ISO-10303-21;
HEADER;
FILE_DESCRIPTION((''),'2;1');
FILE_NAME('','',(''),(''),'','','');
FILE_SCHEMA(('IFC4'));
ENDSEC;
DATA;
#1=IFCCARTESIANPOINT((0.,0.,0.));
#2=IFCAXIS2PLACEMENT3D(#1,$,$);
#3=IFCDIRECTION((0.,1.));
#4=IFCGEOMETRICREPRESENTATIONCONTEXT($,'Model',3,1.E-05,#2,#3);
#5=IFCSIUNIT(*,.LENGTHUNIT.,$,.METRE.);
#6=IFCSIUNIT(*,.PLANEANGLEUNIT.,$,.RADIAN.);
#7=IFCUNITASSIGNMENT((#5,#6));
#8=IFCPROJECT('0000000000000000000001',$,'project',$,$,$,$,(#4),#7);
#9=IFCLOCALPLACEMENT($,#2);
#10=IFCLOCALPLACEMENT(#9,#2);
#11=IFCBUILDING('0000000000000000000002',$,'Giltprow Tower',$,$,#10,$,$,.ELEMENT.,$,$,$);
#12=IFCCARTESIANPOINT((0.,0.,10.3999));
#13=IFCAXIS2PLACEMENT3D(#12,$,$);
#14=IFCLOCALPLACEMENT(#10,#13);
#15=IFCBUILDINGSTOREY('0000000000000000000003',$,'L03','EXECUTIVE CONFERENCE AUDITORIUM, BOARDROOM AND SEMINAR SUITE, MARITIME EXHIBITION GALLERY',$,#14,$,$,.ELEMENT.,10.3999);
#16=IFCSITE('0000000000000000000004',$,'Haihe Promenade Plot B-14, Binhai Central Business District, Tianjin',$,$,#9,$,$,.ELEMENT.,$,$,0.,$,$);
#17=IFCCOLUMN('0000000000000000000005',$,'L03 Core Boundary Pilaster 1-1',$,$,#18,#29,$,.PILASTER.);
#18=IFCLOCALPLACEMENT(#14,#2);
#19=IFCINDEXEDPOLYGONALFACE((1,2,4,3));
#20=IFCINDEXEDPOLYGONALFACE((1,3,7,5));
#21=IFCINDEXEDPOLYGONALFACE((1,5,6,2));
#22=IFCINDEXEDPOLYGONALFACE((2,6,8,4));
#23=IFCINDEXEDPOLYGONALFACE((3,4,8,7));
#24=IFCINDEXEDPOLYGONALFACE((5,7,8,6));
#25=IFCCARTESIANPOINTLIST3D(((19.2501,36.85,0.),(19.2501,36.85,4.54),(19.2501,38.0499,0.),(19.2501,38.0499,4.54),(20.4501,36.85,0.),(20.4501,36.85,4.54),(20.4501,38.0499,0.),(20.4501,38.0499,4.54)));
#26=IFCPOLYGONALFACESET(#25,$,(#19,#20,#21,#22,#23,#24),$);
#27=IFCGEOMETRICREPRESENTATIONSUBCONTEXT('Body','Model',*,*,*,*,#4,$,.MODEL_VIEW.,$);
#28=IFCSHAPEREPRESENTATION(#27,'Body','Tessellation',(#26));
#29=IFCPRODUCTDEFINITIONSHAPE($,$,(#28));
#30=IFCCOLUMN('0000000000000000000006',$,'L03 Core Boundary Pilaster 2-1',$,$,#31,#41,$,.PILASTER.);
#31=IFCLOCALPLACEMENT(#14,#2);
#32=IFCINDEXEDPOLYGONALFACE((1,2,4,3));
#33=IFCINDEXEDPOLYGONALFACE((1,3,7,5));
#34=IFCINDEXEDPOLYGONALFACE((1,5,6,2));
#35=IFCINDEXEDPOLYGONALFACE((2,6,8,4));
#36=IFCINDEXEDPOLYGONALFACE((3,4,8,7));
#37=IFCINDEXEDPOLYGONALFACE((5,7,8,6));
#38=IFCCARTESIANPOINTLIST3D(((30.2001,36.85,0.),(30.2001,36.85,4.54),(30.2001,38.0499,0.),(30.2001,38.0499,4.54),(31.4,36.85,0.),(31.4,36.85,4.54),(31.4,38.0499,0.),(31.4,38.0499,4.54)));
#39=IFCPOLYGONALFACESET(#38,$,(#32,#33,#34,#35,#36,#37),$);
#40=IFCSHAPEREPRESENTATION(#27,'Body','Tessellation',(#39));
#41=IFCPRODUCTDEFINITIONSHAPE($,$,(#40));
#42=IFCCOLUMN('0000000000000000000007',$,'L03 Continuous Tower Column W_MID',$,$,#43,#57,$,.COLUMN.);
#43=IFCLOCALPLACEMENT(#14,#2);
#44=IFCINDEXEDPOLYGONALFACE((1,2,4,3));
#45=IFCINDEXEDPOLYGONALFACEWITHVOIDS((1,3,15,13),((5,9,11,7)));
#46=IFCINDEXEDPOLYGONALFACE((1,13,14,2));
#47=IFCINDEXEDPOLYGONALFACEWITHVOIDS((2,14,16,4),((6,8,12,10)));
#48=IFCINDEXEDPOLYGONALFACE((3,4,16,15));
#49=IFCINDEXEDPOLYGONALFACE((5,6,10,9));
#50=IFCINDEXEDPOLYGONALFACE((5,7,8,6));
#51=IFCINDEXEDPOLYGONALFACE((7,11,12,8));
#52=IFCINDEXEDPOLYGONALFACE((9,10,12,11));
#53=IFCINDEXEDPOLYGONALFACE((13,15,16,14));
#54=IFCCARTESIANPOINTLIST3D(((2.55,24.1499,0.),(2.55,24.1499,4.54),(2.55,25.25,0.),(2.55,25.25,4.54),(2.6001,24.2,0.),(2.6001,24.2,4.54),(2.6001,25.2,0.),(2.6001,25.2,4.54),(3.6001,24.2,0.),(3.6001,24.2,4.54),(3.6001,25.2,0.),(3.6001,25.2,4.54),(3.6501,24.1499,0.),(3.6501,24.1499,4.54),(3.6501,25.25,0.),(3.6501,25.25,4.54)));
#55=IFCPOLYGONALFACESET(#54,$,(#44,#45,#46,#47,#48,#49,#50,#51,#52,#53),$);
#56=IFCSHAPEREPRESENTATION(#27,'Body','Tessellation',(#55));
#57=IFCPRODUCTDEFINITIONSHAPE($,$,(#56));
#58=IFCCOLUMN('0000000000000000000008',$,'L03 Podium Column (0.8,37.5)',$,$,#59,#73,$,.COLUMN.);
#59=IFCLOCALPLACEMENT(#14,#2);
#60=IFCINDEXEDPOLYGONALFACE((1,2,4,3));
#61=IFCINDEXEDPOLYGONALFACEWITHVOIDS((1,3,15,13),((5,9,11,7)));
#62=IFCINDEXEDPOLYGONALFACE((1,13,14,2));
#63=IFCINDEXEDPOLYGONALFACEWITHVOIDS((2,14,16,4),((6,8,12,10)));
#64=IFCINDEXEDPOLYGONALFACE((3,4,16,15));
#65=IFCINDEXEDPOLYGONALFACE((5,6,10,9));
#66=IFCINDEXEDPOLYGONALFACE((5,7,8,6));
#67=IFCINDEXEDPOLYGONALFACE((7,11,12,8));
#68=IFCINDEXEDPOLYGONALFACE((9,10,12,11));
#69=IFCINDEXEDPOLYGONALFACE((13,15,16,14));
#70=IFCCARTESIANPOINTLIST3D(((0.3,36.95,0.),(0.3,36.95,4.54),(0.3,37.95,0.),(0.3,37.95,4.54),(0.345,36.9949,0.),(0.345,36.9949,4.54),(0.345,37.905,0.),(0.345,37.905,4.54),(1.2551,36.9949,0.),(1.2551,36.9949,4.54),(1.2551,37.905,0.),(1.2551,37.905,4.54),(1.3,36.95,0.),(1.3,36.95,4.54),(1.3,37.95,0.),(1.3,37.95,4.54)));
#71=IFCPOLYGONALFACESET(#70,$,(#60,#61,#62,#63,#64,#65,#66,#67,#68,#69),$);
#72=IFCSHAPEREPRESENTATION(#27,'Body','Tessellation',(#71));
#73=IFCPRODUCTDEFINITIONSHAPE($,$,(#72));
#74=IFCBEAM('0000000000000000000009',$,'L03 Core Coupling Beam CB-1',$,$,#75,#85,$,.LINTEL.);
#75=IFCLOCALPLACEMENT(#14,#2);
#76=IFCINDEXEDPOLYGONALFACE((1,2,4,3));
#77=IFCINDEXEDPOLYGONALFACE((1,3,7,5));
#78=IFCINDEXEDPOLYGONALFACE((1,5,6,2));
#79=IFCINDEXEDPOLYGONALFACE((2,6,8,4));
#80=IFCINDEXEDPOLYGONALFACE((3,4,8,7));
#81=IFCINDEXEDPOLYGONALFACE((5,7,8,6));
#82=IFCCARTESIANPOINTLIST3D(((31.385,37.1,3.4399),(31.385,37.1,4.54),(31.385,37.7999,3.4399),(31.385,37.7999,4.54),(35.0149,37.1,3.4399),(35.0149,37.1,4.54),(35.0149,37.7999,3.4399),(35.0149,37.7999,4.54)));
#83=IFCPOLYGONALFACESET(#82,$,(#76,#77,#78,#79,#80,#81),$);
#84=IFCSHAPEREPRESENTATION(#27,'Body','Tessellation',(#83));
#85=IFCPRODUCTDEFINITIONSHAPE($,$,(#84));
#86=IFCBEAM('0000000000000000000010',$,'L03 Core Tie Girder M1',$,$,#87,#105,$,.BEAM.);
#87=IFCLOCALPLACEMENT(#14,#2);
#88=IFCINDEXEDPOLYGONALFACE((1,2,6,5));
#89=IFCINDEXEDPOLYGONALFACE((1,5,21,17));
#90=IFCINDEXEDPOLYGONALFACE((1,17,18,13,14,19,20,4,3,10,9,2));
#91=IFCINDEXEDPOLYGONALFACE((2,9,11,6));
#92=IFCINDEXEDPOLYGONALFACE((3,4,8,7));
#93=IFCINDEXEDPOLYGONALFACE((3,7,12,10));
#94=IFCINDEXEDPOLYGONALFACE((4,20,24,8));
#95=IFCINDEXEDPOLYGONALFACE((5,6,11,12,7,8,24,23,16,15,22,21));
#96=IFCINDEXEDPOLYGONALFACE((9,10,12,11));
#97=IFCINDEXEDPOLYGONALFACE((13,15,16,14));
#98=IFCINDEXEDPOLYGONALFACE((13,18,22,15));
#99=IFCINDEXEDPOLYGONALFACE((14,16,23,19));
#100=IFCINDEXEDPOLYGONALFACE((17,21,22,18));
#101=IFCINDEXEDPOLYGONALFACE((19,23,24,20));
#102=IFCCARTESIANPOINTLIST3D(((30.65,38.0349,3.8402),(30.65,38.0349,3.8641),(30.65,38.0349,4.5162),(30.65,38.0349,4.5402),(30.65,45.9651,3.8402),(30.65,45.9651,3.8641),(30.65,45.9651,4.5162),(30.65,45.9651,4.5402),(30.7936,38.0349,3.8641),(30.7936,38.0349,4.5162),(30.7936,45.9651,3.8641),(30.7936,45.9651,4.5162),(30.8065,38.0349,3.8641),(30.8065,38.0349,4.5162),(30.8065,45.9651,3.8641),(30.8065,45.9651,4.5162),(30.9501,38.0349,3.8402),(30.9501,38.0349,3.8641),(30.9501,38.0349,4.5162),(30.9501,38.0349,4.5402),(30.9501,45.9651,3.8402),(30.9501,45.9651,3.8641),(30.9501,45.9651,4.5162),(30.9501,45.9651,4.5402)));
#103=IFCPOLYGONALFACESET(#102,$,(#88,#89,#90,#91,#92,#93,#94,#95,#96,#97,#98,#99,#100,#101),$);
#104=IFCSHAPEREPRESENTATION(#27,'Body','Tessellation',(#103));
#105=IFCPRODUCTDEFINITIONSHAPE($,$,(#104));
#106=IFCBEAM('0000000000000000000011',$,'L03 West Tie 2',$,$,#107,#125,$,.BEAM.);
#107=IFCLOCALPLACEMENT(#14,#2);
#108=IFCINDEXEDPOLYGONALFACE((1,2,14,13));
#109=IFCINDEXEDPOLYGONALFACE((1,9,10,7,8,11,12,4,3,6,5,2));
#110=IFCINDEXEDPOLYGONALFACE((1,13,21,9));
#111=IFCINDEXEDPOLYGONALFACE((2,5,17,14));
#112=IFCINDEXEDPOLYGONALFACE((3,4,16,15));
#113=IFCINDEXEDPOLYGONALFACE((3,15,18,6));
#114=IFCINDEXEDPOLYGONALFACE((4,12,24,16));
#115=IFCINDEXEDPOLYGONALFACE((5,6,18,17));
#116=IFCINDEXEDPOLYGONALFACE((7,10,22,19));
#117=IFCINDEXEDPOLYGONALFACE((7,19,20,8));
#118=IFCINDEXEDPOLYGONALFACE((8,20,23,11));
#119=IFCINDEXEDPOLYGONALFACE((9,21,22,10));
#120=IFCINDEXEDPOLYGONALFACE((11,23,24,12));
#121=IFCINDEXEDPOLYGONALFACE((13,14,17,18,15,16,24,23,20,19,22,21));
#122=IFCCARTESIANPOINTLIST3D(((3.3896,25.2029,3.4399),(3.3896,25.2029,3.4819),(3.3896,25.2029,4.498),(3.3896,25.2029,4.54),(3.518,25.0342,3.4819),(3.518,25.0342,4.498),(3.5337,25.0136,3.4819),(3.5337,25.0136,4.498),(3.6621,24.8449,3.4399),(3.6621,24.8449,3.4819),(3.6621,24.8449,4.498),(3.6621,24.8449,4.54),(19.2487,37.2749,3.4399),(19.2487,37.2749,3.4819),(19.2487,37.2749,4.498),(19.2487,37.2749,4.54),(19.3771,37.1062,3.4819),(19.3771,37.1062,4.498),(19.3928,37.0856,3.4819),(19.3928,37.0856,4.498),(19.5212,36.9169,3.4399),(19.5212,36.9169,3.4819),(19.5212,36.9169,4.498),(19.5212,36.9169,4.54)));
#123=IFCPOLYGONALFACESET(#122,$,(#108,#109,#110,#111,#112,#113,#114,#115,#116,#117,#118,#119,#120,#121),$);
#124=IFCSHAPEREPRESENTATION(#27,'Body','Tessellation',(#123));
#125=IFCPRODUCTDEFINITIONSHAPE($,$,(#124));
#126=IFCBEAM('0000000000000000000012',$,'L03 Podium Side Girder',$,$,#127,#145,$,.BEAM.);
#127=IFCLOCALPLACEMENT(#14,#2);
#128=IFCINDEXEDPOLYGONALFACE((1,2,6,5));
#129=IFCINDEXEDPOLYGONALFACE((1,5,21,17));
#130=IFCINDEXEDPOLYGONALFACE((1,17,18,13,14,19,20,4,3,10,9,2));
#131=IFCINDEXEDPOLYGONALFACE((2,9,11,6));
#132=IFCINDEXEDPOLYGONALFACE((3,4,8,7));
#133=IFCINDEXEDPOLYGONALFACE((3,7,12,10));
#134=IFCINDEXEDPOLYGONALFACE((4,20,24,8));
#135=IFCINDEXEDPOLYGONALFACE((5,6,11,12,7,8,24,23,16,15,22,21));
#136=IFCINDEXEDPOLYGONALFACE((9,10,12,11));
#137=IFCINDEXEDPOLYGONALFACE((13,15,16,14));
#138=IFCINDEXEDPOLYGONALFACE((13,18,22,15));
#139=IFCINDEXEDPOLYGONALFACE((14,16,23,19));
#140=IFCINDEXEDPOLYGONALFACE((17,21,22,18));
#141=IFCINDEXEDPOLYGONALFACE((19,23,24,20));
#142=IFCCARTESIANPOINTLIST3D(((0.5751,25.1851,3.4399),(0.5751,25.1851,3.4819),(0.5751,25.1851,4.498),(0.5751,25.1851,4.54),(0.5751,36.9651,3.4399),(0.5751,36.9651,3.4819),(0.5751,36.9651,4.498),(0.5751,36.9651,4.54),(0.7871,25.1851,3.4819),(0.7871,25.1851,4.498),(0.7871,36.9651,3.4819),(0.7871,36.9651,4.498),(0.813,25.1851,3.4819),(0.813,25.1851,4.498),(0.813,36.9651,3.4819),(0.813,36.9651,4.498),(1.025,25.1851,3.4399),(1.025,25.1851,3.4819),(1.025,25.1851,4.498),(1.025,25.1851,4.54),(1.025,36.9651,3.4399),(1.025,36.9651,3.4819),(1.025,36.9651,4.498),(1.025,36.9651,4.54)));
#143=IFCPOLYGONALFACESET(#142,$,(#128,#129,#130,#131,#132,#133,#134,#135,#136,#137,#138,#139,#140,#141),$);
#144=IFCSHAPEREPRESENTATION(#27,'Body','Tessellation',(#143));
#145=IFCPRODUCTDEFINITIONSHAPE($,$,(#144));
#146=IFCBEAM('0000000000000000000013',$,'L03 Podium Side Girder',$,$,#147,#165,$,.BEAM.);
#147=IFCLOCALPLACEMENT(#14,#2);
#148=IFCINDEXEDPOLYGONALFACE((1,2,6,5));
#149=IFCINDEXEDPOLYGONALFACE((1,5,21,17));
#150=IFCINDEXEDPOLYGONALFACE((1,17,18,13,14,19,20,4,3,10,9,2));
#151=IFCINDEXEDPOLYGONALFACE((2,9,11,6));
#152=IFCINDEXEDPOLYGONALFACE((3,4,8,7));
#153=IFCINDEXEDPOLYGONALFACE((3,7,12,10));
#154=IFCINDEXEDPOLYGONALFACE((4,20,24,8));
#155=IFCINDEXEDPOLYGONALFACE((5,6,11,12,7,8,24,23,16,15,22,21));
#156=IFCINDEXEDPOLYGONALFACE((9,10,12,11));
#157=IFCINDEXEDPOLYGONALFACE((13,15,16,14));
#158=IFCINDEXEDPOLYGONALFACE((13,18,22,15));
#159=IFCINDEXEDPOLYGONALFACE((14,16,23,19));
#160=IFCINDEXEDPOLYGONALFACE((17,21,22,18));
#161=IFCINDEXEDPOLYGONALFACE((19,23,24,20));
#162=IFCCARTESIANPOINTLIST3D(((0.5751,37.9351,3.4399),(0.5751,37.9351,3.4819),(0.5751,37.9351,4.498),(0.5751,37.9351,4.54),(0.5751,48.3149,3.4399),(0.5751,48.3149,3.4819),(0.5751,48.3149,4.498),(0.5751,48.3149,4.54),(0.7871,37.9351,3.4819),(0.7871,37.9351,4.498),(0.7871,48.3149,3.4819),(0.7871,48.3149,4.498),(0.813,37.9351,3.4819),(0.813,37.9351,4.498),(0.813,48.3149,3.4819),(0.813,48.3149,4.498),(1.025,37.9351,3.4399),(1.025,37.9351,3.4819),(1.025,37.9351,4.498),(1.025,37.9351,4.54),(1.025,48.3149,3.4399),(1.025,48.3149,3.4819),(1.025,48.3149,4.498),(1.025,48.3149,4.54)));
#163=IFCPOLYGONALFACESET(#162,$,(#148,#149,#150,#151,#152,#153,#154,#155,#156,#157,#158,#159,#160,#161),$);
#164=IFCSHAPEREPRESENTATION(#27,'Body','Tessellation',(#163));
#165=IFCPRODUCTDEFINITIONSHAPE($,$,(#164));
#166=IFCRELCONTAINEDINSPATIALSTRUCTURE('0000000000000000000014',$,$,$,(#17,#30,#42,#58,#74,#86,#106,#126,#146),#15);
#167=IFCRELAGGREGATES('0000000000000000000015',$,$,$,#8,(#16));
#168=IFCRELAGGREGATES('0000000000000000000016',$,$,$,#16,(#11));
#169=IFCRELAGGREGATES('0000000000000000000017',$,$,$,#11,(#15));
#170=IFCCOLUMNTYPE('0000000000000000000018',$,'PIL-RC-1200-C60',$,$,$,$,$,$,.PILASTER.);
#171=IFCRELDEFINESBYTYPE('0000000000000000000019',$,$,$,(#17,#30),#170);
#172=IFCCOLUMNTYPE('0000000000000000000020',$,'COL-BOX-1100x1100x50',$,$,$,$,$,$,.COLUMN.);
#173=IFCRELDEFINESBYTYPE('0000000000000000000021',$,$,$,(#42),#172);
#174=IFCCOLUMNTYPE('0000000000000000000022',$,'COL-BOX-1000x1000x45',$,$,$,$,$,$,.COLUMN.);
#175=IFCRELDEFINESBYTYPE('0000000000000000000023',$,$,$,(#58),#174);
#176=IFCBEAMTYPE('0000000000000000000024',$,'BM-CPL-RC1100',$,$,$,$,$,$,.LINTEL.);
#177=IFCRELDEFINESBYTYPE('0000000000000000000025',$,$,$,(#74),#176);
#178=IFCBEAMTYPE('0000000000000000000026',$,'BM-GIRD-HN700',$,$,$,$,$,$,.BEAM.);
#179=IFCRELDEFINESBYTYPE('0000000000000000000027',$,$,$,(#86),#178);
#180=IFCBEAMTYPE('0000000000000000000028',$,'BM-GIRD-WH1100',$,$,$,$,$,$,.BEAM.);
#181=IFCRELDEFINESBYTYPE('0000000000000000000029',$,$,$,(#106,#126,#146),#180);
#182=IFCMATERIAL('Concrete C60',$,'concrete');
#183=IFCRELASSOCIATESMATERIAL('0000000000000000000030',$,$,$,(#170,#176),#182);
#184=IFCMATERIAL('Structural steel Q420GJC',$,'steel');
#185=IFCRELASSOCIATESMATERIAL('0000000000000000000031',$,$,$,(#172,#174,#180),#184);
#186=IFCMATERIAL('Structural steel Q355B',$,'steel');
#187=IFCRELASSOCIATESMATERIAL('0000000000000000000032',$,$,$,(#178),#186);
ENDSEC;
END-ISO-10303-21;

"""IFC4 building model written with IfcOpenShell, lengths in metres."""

from ifc_helpers import new_model, si_unit, direction, frame, origin, origin_2d, place, context, subcontext, project, spatial, rectangle, hollow_rectangle, i_section, extrude, source, transform, mapped, material, material_profile, profile_set, type_object, element, save


model = new_model("IFC4")

# Units and contexts
model_context = context("Model", 3, precision=1e-05, world=origin(), true_north=direction((0.0, 1.0)))
body_context = subcontext(model_context, "Body", "Model", "MODEL_VIEW")
ifc_project = project(units=[si_unit("LENGTHUNIT", "METRE"), si_unit("PLANEANGLEUNIT", "RADIAN")], contexts=[model_context])

# Site, building, storey
site_placement = place(None, origin())
site = spatial("IfcSite", under=ifc_project, at=site_placement, Name="Haihe Promenade Plot B-14, Binhai Central Business District, Tianjin", CompositionType="ELEMENT", RefElevation=0.0)
building_placement = place(site_placement, origin())
building = spatial("IfcBuilding", under=site, at=building_placement, Name="Giltprow Tower", CompositionType="ELEMENT")
storey_placement = place(building_placement, frame((0.0, 0.0, 10.3999)))
storey = spatial("IfcBuildingStorey", under=building, at=storey_placement, Name="L03", Description="EXECUTIVE CONFERENCE AUDITORIUM, BOARDROOM AND SEMINAR SUITE, MARITIME EXHIBITION GALLERY", CompositionType="ELEMENT", Elevation=10.3999)

# Columns
ifc_material_1 = material(Name="Concrete C60", Category="concrete")
ifc_material_profile_1 = material_profile(ifc_material_1, rectangle(XDim=1.2, YDim=1.2, at=origin_2d()), Name="RC 1200x1200")
ifc_profile_set_1 = profile_set([ifc_material_profile_1], Name="Concrete C60")
column_type_1 = type_object("IfcColumnType", Name="PIL-RC-1200-C60", PredefinedType="PILASTER", material=ifc_profile_set_1)
shared_shape_1 = source(origin(), body_context, "Body", "SweptSolid", [
    extrude(rectangle(XDim=1.2, YDim=1.2, at=origin_2d()), origin(), (0.0, 0.0, 1.0), 4.54),
])
for number, where, z_axis, x_axis, name in (
    (1, (19.8501, 37.45, 0.0), (0.0, 0.0, 1.0), (1.0, 0.0, 0.0), "L03 Core Boundary Pilaster 1-1"),
    (2, (30.8, 37.45, 0.0), (0.0, 0.0, 1.0), (1.0, 0.0, 0.0), "L03 Core Boundary Pilaster 2-1"),
):
    element("IfcColumn", number, at=place(storey_placement, frame(where, z_axis=z_axis, x_axis=x_axis)), inside=storey, type_object=column_type_1, Name=name, PredefinedType="PILASTER", context=body_context, shape_type="MappedRepresentation", body=[
        mapped(shared_shape_1, transform((0.0, 0.0, 0.0), x_axis=(1.0, 0.0, 0.0), y_axis=(0.0, 1.0, 0.0), z_axis=(0.0, 0.0, 1.0), scale=1.0)),
    ])
ifc_material_2 = material(Name="Structural steel Q420GJC", Category="steel")
ifc_material_profile_2 = material_profile(ifc_material_2, hollow_rectangle(XDim=1.1001, YDim=1.1001, WallThickness=0.05, at=origin_2d()), Name="BOX 1100x1100x50")
ifc_profile_set_2 = profile_set([ifc_material_profile_2], Name="Structural steel Q420GJC")
column_type_2 = type_object("IfcColumnType", Name="COL-BOX-1100x1100x50", PredefinedType="COLUMN", material=ifc_profile_set_2)
shared_shape_2 = source(origin(), body_context, "Body", "SweptSolid", [
    extrude(hollow_rectangle(XDim=1.1001, YDim=1.1001, WallThickness=0.05, at=origin_2d()), origin(), (0.0, 0.0, 1.0), 4.54),
])
column_1_placement = place(storey_placement, frame((3.1001, 24.7, 0.0), z_axis=(0.0, 0.0, 1.0), x_axis=(1.0, 0.0, 0.0)))
element("IfcColumn", 3, at=column_1_placement, inside=storey, type_object=column_type_2, Name="L03 Continuous Tower Column W_MID", PredefinedType="COLUMN", context=body_context, shape_type="MappedRepresentation", body=[
    mapped(shared_shape_2, transform((0.0, 0.0, 0.0), x_axis=(1.0, 0.0, 0.0), y_axis=(0.0, 1.0, 0.0), z_axis=(0.0, 0.0, 1.0), scale=1.0)),
])
ifc_material_profile_3 = material_profile(ifc_material_2, hollow_rectangle(XDim=1.0, YDim=1.0, WallThickness=0.0449, at=origin_2d()), Name="BOX 1000x1000x45")
ifc_profile_set_3 = profile_set([ifc_material_profile_3], Name="Structural steel Q420GJC")
column_type_3 = type_object("IfcColumnType", Name="COL-BOX-1000x1000x45", PredefinedType="COLUMN", material=ifc_profile_set_3)
shared_shape_3 = source(origin(), body_context, "Body", "SweptSolid", [
    extrude(hollow_rectangle(XDim=1.0, YDim=1.0, WallThickness=0.0449, at=origin_2d()), origin(), (0.0, 0.0, 1.0), 4.54),
])
column_2_placement = place(storey_placement, frame((0.8, 37.45, 0.0), z_axis=(0.0, 0.0, 1.0), x_axis=(1.0, 0.0, 0.0)))
element("IfcColumn", 4, at=column_2_placement, inside=storey, type_object=column_type_3, Name="L03 Podium Column (0.8,37.5)", PredefinedType="COLUMN", context=body_context, shape_type="MappedRepresentation", body=[
    mapped(shared_shape_3, transform((0.0, 0.0, 0.0), x_axis=(1.0, 0.0, 0.0), y_axis=(0.0, 1.0, 0.0), z_axis=(0.0, 0.0, 1.0), scale=1.0)),
])

# Beams
ifc_material_profile_4 = material_profile(ifc_material_1, rectangle(XDim=0.7, YDim=1.1001, at=origin_2d()), Name="RC 1100x700")
ifc_profile_set_4 = profile_set([ifc_material_profile_4], Name="Concrete C60")
beam_type_1 = type_object("IfcBeamType", Name="BM-CPL-RC1100", PredefinedType="LINTEL", material=ifc_profile_set_4)
shared_shape_4 = source(origin(), body_context, "Body", "SweptSolid", [
    extrude(rectangle(XDim=0.7, YDim=1.1001, at=origin_2d()), origin(), (0.0, 0.0, 1.0), 3.6299),
])
beam_1_placement = place(storey_placement, frame((31.385, 37.45, 3.99), z_axis=(1.0, 0.0, 0.0), x_axis=(0.0, 1.0, 0.0)))
element("IfcBeam", 5, at=beam_1_placement, inside=storey, type_object=beam_type_1, Name="L03 Core Coupling Beam CB-1", PredefinedType="LINTEL", context=body_context, shape_type="MappedRepresentation", body=[
    mapped(shared_shape_4, transform((0.0, 0.0, 0.0), x_axis=(1.0, 0.0, 0.0), y_axis=(0.0, 1.0, 0.0), z_axis=(0.0, 0.0, 1.0), scale=1.0)),
])
ifc_material_3 = material(Name="Structural steel Q355B", Category="steel")
ifc_material_profile_5 = material_profile(ifc_material_3, i_section(OverallWidth=0.3, OverallDepth=0.7, WebThickness=0.0129, FlangeThickness=0.0239, at=origin_2d()), Name="HN 700x300x13x24")
ifc_profile_set_5 = profile_set([ifc_material_profile_5], Name="Structural steel Q355B")
beam_type_2 = type_object("IfcBeamType", Name="BM-GIRD-HN700", PredefinedType="BEAM", material=ifc_profile_set_5)
shared_shape_5 = source(origin(), body_context, "Body", "SweptSolid", [
    extrude(i_section(OverallWidth=0.3, OverallDepth=0.7, WebThickness=0.0129, FlangeThickness=0.0239, at=origin_2d()), origin(), (0.0, 0.0, 1.0), 7.9302),
])
beam_2_placement = place(storey_placement, frame((30.8, 38.0349, 4.1902), z_axis=(0.0, 1.0, 0.0), x_axis=(-1.0, 0.0, 0.0)))
element("IfcBeam", 6, at=beam_2_placement, inside=storey, type_object=beam_type_2, Name="L03 Core Tie Girder M1", PredefinedType="BEAM", context=body_context, shape_type="MappedRepresentation", body=[
    mapped(shared_shape_5, transform((0.0, 0.0, 0.0), x_axis=(1.0, 0.0, 0.0), y_axis=(0.0, 1.0, 0.0), z_axis=(0.0, 0.0, 1.0), scale=1.0)),
])
ifc_material_profile_6 = material_profile(ifc_material_2, i_section(OverallWidth=0.45, OverallDepth=1.1001, WebThickness=0.0259, FlangeThickness=0.042, at=origin_2d()), Name="WH 1100x450x26x42")
ifc_profile_set_6 = profile_set([ifc_material_profile_6], Name="Structural steel Q420GJC")
beam_type_3 = type_object("IfcBeamType", Name="BM-GIRD-WH1100", PredefinedType="BEAM", material=ifc_profile_set_6)
shared_shape_6 = source(origin(), body_context, "Body", "SweptSolid", [
    extrude(i_section(OverallWidth=0.45, OverallDepth=1.1001, WebThickness=0.0259, FlangeThickness=0.042, at=origin_2d()), origin(), (0.0, 0.0, 1.0), 19.9309),
])
beam_3_placement = place(storey_placement, frame((3.5259, 25.0239, 3.99), z_axis=(0.795701, 0.60569, 0.0), x_axis=(-0.60569, 0.795701, 0.0)))
element("IfcBeam", 7, at=beam_3_placement, inside=storey, type_object=beam_type_3, Name="L03 West Tie 2", PredefinedType="BEAM", context=body_context, shape_type="MappedRepresentation", body=[
    mapped(shared_shape_6, transform((0.0, 0.0, 0.0), x_axis=(1.0, 0.0, 0.0), y_axis=(0.0, 1.0, 0.0), z_axis=(0.0, 0.0, 1.0), scale=1.0)),
])
shared_shape_7 = source(origin(), body_context, "Body", "SweptSolid", [
    extrude(i_section(OverallWidth=0.45, OverallDepth=1.1001, WebThickness=0.0259, FlangeThickness=0.042, at=origin_2d()), origin(), (0.0, 0.0, 1.0), 11.78),
])
beam_4_placement = place(storey_placement, frame((0.8, 25.1851, 3.99), z_axis=(0.0, 1.0, 0.0), x_axis=(-1.0, 0.0, 0.0)))
element("IfcBeam", 8, at=beam_4_placement, inside=storey, type_object=beam_type_3, Name="L03 Podium Side Girder", PredefinedType="BEAM", context=body_context, shape_type="MappedRepresentation", body=[
    mapped(shared_shape_7, transform((0.0, 0.0, 0.0), x_axis=(1.0, 0.0, 0.0), y_axis=(0.0, 1.0, 0.0), z_axis=(0.0, 0.0, 1.0), scale=1.0)),
])
shared_shape_8 = source(origin(), body_context, "Body", "SweptSolid", [
    extrude(i_section(OverallWidth=0.45, OverallDepth=1.1001, WebThickness=0.0259, FlangeThickness=0.042, at=origin_2d()), origin(), (0.0, 0.0, 1.0), 10.3799),
])
beam_5_placement = place(storey_placement, frame((0.8, 37.9351, 3.99), z_axis=(0.0, 1.0, 0.0), x_axis=(-1.0, 0.0, 0.0)))
element("IfcBeam", 9, at=beam_5_placement, inside=storey, type_object=beam_type_3, Name="L03 Podium Side Girder", PredefinedType="BEAM", context=body_context, shape_type="MappedRepresentation", body=[
    mapped(shared_shape_8, transform((0.0, 0.0, 0.0), x_axis=(1.0, 0.0, 0.0), y_axis=(0.0, 1.0, 0.0), z_axis=(0.0, 0.0, 1.0), scale=1.0)),
])

save(model, "model.ifc")
